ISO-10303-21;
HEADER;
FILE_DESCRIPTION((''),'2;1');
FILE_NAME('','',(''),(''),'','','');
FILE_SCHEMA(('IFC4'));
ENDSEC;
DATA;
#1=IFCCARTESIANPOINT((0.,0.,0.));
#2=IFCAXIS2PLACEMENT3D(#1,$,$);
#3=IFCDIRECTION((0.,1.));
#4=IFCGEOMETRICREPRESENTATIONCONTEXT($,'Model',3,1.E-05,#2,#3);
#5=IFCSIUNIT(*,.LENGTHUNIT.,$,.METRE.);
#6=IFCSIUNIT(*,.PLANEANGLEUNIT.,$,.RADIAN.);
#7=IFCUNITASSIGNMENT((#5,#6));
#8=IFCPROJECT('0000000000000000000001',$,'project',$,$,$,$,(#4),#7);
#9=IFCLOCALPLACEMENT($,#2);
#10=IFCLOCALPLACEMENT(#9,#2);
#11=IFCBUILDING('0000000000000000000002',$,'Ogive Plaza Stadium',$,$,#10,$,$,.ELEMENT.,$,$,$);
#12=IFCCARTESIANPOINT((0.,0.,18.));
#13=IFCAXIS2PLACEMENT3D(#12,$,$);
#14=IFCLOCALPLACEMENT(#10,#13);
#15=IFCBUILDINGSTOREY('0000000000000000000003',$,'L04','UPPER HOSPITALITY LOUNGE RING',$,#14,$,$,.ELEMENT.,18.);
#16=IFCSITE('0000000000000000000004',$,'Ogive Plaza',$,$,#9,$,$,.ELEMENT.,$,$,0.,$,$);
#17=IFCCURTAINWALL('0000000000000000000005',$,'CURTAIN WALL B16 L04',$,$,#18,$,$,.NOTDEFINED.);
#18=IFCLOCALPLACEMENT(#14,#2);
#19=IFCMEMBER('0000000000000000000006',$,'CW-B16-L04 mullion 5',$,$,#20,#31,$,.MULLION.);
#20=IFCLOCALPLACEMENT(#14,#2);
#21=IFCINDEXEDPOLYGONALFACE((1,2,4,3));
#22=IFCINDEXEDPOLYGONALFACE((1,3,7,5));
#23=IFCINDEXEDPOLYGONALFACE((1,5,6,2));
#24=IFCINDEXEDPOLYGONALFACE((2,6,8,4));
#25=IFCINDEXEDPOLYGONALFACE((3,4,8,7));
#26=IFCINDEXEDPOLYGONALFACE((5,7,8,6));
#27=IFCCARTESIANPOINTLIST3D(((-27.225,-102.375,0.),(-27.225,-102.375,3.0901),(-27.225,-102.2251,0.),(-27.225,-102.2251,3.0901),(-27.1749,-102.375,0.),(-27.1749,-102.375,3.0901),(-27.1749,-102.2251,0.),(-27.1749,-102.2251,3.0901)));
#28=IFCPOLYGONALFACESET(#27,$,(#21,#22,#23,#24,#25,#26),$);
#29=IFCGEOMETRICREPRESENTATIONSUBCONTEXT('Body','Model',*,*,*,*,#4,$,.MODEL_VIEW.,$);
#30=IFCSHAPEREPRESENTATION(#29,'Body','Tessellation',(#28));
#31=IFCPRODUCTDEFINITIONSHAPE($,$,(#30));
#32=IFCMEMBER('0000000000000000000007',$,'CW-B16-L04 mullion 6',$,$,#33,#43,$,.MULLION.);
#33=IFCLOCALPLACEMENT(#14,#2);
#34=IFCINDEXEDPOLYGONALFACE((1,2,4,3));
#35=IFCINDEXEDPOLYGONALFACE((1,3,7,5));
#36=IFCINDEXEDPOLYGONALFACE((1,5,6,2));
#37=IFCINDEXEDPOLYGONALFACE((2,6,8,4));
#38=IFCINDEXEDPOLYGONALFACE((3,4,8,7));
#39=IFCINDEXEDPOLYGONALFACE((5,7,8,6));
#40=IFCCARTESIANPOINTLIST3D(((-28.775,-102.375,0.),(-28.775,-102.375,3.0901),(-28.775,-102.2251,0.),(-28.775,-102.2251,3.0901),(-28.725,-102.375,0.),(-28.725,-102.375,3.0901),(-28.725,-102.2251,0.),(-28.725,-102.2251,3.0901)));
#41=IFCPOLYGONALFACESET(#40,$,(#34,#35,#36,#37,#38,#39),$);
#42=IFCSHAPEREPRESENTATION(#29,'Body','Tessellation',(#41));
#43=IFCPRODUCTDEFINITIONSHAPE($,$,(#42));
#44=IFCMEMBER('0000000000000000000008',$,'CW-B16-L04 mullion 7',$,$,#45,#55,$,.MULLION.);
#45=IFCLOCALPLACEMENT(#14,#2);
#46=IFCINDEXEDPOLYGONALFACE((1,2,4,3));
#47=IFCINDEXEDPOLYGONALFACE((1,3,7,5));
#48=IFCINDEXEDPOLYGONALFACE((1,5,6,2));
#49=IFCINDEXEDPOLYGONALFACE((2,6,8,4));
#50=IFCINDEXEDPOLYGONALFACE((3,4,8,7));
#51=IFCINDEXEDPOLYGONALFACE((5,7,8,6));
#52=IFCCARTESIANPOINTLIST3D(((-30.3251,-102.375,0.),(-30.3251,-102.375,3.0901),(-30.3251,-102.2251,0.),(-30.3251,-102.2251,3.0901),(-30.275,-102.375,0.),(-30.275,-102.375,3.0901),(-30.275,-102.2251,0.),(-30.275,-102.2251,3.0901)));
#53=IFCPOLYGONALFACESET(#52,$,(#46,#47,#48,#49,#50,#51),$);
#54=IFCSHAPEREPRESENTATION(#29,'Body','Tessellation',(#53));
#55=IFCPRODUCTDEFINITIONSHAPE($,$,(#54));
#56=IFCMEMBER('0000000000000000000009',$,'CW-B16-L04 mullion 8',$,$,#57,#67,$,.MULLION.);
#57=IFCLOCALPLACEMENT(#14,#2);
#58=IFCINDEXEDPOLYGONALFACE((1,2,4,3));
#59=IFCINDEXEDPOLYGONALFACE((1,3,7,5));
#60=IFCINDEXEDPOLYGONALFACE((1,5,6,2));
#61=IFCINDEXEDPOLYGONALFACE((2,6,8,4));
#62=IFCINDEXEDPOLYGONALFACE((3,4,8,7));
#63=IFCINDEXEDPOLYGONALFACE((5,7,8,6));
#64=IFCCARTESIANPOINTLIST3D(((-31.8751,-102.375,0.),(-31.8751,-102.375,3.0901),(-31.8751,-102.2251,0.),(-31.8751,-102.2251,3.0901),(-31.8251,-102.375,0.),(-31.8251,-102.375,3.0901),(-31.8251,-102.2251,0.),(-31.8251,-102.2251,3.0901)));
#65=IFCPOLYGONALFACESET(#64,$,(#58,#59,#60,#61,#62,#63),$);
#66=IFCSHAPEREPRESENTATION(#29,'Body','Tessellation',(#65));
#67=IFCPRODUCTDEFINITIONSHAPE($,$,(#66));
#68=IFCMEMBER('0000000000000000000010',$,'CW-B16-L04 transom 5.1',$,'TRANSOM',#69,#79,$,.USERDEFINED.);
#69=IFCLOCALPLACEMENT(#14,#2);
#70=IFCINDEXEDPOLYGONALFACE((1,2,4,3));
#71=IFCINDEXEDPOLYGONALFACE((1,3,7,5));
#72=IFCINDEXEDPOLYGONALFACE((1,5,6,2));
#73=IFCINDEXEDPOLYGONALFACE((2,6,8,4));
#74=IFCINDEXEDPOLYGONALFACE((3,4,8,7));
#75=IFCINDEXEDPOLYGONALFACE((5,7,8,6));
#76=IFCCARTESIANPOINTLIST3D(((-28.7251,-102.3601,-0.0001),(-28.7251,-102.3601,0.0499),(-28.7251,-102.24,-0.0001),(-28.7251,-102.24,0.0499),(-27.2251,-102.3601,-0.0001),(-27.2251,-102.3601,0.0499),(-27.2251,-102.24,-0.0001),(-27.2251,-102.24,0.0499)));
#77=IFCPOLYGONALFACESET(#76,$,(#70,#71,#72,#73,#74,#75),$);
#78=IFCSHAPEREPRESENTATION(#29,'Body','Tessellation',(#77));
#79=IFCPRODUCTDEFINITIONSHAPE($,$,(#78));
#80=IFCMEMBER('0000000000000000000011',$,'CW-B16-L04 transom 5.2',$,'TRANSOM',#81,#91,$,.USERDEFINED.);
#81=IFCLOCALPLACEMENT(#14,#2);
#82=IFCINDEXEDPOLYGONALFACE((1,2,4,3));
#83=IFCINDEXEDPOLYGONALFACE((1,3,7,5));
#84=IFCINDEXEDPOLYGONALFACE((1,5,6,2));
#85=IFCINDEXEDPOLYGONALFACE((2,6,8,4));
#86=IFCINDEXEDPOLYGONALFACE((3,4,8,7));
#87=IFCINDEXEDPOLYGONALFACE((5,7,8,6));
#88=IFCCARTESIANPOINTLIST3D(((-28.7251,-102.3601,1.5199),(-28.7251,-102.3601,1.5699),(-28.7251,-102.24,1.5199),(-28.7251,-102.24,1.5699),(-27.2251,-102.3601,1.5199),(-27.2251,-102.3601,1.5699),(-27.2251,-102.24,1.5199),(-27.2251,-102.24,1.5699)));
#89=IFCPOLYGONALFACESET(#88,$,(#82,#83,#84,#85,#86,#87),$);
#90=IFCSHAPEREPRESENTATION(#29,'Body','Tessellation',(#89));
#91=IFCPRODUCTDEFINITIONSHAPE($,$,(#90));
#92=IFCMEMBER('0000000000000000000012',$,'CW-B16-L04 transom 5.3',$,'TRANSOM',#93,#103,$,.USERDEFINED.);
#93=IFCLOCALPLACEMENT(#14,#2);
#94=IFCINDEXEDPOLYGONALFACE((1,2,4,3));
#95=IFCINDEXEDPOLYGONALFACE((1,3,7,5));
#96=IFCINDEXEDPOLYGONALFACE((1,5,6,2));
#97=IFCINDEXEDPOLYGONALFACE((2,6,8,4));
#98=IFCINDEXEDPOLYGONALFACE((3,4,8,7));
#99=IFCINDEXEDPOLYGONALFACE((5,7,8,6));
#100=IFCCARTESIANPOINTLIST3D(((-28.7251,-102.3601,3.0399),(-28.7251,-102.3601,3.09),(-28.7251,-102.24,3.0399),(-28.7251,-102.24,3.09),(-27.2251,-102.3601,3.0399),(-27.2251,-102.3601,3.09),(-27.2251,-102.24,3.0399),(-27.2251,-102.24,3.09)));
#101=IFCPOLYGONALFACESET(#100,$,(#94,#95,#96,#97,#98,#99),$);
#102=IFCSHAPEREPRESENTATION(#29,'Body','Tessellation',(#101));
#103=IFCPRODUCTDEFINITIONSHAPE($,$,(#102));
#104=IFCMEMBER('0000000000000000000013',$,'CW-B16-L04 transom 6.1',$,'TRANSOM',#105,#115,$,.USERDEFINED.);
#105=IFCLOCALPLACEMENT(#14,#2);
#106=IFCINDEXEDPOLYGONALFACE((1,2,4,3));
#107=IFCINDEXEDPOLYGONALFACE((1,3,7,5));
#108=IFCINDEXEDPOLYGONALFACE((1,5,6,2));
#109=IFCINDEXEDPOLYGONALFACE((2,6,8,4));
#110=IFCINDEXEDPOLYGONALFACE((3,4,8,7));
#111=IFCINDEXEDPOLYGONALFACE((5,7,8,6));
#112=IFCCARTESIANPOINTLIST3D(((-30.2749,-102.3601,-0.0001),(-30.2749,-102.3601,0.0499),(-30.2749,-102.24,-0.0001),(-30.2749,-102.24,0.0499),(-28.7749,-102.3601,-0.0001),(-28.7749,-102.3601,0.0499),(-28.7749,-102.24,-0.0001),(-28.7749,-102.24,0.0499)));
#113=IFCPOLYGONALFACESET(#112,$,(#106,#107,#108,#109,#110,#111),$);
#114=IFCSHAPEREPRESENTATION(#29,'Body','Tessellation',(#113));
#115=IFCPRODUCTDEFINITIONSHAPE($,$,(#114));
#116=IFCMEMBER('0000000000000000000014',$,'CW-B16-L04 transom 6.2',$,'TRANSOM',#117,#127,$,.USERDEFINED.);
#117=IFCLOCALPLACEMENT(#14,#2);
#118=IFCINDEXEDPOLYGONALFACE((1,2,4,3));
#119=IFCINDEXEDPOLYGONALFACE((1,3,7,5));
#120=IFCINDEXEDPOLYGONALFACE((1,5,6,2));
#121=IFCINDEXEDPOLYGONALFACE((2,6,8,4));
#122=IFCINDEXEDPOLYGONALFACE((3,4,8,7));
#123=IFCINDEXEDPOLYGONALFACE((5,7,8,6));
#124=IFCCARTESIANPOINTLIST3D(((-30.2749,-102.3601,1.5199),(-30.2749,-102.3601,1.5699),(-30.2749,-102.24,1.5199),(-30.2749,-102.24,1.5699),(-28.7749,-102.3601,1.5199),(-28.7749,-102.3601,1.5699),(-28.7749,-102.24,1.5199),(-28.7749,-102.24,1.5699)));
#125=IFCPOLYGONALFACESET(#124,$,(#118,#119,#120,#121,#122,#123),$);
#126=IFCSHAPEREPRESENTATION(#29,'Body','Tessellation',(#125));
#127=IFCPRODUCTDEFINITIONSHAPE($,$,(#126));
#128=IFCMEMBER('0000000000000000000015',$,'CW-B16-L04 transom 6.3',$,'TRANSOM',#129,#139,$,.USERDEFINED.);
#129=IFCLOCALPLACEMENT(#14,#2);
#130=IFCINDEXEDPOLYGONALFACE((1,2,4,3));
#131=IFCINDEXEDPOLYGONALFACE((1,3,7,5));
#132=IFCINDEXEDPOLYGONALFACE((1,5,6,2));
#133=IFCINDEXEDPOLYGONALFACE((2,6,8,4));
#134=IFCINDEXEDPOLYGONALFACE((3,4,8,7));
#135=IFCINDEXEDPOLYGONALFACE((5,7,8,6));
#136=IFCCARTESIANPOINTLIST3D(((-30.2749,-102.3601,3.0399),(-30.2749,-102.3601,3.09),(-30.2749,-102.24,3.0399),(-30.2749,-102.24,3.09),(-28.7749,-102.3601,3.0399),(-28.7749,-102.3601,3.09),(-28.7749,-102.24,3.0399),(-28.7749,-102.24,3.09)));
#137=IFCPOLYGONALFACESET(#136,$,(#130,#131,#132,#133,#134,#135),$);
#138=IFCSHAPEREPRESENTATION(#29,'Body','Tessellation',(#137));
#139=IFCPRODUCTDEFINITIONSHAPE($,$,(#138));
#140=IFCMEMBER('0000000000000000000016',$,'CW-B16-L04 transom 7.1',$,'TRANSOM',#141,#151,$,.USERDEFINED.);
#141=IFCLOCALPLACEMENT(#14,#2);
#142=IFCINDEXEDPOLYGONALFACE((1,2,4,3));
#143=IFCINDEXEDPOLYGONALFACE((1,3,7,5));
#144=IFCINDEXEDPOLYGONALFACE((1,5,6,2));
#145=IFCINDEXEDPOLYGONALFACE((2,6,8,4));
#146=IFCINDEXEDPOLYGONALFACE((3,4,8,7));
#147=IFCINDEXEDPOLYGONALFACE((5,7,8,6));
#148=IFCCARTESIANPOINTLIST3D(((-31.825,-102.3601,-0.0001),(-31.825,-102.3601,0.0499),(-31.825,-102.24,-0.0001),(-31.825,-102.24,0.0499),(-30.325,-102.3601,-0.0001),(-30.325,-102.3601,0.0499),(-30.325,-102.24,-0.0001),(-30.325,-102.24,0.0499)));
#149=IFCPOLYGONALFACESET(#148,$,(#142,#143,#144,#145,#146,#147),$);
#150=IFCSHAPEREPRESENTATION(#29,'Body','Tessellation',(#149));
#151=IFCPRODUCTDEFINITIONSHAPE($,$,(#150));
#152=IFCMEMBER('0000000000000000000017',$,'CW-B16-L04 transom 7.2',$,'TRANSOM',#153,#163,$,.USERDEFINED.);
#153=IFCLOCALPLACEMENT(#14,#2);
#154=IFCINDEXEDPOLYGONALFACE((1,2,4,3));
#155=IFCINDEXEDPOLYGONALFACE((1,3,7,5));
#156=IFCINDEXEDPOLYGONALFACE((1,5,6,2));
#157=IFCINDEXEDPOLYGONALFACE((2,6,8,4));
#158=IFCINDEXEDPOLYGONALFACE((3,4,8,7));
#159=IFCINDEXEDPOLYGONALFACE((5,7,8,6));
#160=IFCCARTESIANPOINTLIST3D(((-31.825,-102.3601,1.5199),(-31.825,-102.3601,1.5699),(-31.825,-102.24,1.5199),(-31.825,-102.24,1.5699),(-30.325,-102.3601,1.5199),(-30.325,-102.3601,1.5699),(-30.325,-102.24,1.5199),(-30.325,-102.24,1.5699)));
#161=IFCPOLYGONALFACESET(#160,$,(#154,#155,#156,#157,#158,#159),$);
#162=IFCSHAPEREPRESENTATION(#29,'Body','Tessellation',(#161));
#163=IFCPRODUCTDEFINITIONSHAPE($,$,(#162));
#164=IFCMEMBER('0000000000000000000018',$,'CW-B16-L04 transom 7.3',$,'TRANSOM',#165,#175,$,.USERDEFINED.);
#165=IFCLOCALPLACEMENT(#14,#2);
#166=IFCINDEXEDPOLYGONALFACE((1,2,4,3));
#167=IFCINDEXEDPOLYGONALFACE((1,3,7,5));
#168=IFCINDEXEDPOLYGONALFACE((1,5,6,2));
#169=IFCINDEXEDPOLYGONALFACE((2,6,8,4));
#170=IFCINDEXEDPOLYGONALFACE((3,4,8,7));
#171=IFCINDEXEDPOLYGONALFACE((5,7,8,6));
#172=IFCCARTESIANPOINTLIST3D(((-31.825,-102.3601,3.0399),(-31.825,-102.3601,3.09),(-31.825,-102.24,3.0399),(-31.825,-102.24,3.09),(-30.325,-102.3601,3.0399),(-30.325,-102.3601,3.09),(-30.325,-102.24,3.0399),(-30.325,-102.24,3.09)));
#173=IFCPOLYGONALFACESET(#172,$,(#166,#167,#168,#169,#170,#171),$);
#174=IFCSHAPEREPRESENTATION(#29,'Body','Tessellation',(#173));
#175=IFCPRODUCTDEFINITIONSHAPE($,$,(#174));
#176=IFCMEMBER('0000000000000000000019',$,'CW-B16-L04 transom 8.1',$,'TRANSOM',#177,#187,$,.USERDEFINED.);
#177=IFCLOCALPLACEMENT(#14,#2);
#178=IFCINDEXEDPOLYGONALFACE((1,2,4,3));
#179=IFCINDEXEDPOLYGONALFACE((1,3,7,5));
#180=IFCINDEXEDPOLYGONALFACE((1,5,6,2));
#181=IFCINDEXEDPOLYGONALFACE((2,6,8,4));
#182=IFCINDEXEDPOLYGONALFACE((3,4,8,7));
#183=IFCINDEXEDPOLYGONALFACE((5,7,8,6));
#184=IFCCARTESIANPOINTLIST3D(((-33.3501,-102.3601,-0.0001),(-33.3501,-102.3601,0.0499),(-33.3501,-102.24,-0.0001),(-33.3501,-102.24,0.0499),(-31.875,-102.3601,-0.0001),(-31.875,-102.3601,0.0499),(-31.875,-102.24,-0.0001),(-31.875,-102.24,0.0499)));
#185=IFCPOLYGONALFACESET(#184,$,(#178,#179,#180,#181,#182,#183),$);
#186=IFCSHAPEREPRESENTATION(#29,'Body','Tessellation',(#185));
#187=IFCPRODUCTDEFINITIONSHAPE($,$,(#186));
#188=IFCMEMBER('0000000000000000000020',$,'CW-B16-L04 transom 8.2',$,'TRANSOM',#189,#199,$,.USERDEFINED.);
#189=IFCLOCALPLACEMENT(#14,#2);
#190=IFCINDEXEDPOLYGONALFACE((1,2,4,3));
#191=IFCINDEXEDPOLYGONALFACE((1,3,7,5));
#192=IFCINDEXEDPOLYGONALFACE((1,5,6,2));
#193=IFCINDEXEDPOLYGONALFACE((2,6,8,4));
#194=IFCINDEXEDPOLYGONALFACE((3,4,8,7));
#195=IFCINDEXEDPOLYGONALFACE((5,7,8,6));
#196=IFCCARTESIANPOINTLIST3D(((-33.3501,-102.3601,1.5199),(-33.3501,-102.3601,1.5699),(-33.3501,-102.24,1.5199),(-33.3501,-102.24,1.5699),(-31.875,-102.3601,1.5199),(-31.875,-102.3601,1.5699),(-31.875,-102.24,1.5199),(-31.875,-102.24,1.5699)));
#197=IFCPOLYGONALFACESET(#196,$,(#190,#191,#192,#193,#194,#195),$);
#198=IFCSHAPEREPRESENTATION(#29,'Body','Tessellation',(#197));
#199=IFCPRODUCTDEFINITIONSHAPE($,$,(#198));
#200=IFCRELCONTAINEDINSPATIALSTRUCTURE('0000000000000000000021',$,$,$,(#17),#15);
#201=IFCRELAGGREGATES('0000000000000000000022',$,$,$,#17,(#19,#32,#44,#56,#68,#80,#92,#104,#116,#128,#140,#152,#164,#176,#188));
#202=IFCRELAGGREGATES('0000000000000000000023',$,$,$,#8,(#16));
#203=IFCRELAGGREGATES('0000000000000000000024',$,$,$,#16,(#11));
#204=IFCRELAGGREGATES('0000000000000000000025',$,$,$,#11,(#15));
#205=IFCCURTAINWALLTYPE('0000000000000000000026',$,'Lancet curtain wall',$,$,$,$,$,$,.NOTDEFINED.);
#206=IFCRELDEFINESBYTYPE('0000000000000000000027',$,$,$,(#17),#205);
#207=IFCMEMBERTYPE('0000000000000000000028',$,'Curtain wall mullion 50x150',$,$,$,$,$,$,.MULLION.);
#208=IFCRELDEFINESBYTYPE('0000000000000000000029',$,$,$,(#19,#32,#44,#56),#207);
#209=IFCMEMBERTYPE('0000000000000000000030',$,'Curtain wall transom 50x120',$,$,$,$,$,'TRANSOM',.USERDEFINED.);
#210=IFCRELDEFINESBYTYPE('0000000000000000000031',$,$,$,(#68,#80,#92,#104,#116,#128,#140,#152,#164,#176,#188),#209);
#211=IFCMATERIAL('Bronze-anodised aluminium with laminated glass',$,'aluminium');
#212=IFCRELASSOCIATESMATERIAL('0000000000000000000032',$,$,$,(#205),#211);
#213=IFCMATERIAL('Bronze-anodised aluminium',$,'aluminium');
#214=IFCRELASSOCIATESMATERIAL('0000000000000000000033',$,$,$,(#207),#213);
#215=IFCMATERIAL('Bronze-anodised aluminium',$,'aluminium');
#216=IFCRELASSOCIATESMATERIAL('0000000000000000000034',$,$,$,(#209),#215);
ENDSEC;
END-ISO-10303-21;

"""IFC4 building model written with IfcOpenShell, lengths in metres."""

from ifc_helpers import new_model, si_unit, direction, frame, origin, origin_2d, place, context, subcontext, project, spatial, rectangle, extrude, material, material_profile, profile_set, type_object, element, aggregate, save


model = new_model("IFC4")

# Units and contexts
model_context = context("Model", 3, precision=1e-05, world=origin(), true_north=direction((0.0, 1.0)))
body_context = subcontext(model_context, "Body", "Model", "MODEL_VIEW")
ifc_project = project(units=[si_unit("LENGTHUNIT", "METRE"), si_unit("PLANEANGLEUNIT", "RADIAN")], contexts=[model_context])

# Site, building, storey
site_placement = place(None, origin())
site = spatial("IfcSite", under=ifc_project, at=site_placement, Name="Ogive Plaza", CompositionType="ELEMENT", RefElevation=0.0)
building_placement = place(site_placement, origin())
building = spatial("IfcBuilding", under=site, at=building_placement, Name="Ogive Plaza Stadium", CompositionType="ELEMENT")
storey_placement = place(building_placement, frame((0.0, 0.0, 18.0)))
storey = spatial("IfcBuildingStorey", under=building, at=storey_placement, Name="L04", Description="UPPER HOSPITALITY LOUNGE RING", CompositionType="ELEMENT", Elevation=18.0)

# Curtain wall, members
ifc_material_1 = material(Name="Bronze-anodised aluminium with laminated glass", Category="aluminium")
curtain_wall_type = type_object("IfcCurtainWallType", Name="Lancet curtain wall", PredefinedType="NOTDEFINED", material=ifc_material_1)
curtain_wall_placement = place(storey_placement, origin())
curtain_wall = element("IfcCurtainWall", 1, at=curtain_wall_placement, inside=storey, type_object=curtain_wall_type, Name="CURTAIN WALL B16 L04", PredefinedType="NOTDEFINED")
ifc_material_2 = material(Name="Bronze-anodised aluminium", Category="aluminium")
ifc_material_profile_1 = material_profile(ifc_material_2, rectangle(XDim=0.1499, YDim=0.05, at=origin_2d()), Name="AL 150x50")
ifc_profile_set_1 = profile_set([ifc_material_profile_1], Name="Bronze-anodised aluminium")
member_type_1 = type_object("IfcMemberType", Name="Curtain wall mullion 50x150", PredefinedType="MULLION", material=ifc_profile_set_1)
member_1_placement = place(storey_placement, frame((-27.2, -102.3, 0.0), z_axis=(0.0, 0.0, 1.0), x_axis=(0.0, -1.0, 0.0)))
member_1 = element("IfcMember", 2, at=member_1_placement, type_object=member_type_1, Name="CW-B16-L04 mullion 5", PredefinedType="MULLION", context=body_context, shape_type="SweptSolid", body=[
    extrude(rectangle(XDim=0.1499, YDim=0.05, at=origin_2d()), origin(), (0.0, 0.0, 1.0), 3.0901),
])
member_2_placement = place(storey_placement, frame((-28.75, -102.3, 0.0), z_axis=(0.0, 0.0, 1.0), x_axis=(0.0, -1.0, 0.0)))
member_2 = element("IfcMember", 3, at=member_2_placement, type_object=member_type_1, Name="CW-B16-L04 mullion 6", PredefinedType="MULLION", context=body_context, shape_type="SweptSolid", body=[
    extrude(rectangle(XDim=0.1499, YDim=0.05, at=origin_2d()), origin(), (0.0, 0.0, 1.0), 3.0901),
])
member_3_placement = place(storey_placement, frame((-30.3, -102.3, 0.0), z_axis=(0.0, 0.0, 1.0), x_axis=(0.0, -1.0, 0.0)))
member_3 = element("IfcMember", 4, at=member_3_placement, type_object=member_type_1, Name="CW-B16-L04 mullion 7", PredefinedType="MULLION", context=body_context, shape_type="SweptSolid", body=[
    extrude(rectangle(XDim=0.1499, YDim=0.05, at=origin_2d()), origin(), (0.0, 0.0, 1.0), 3.0901),
])
member_4_placement = place(storey_placement, frame((-31.8501, -102.3, 0.0), z_axis=(0.0, 0.0, 1.0), x_axis=(0.0, -1.0, 0.0)))
member_4 = element("IfcMember", 5, at=member_4_placement, type_object=member_type_1, Name="CW-B16-L04 mullion 8", PredefinedType="MULLION", context=body_context, shape_type="SweptSolid", body=[
    extrude(rectangle(XDim=0.1499, YDim=0.05, at=origin_2d()), origin(), (0.0, 0.0, 1.0), 3.0901),
])
ifc_material_3 = material(Name="Bronze-anodised aluminium", Category="aluminium")
ifc_material_profile_2 = material_profile(ifc_material_3, rectangle(XDim=0.1201, YDim=0.05, at=origin_2d()), Name="AL 120x50")
ifc_profile_set_2 = profile_set([ifc_material_profile_2], Name="Bronze-anodised aluminium")
member_type_2 = type_object("IfcMemberType", Name="Curtain wall transom 50x120", ElementType="TRANSOM", PredefinedType="USERDEFINED", material=ifc_profile_set_2)
member_5_placement = place(storey_placement, frame((-27.2251, -102.3, 0.0249), z_axis=(-1.0, 0.0, 0.0), x_axis=(0.0, -1.0, 0.0)))
member_5 = element("IfcMember", 6, at=member_5_placement, type_object=member_type_2, Name="CW-B16-L04 transom 5.1", ObjectType="TRANSOM", PredefinedType="USERDEFINED", context=body_context, shape_type="SweptSolid", body=[
    extrude(rectangle(XDim=0.1201, YDim=0.05, at=origin_2d()), origin(), (0.0, 0.0, 1.0), 1.5),
])
member_6_placement = place(storey_placement, frame((-27.2251, -102.3, 1.5449), z_axis=(-1.0, 0.0, 0.0), x_axis=(0.0, -1.0, 0.0)))
member_6 = element("IfcMember", 7, at=member_6_placement, type_object=member_type_2, Name="CW-B16-L04 transom 5.2", ObjectType="TRANSOM", PredefinedType="USERDEFINED", context=body_context, shape_type="SweptSolid", body=[
    extrude(rectangle(XDim=0.1201, YDim=0.05, at=origin_2d()), origin(), (0.0, 0.0, 1.0), 1.5),
])
member_7_placement = place(storey_placement, frame((-27.2251, -102.3, 3.0649), z_axis=(-1.0, 0.0, 0.0), x_axis=(0.0, -1.0, 0.0)))
member_7 = element("IfcMember", 8, at=member_7_placement, type_object=member_type_2, Name="CW-B16-L04 transom 5.3", ObjectType="TRANSOM", PredefinedType="USERDEFINED", context=body_context, shape_type="SweptSolid", body=[
    extrude(rectangle(XDim=0.1201, YDim=0.05, at=origin_2d()), origin(), (0.0, 0.0, 1.0), 1.5),
])
member_8_placement = place(storey_placement, frame((-28.7749, -102.3, 0.0249), z_axis=(-1.0, 0.0, 0.0), x_axis=(0.0, -1.0, 0.0)))
member_8 = element("IfcMember", 9, at=member_8_placement, type_object=member_type_2, Name="CW-B16-L04 transom 6.1", ObjectType="TRANSOM", PredefinedType="USERDEFINED", context=body_context, shape_type="SweptSolid", body=[
    extrude(rectangle(XDim=0.1201, YDim=0.05, at=origin_2d()), origin(), (0.0, 0.0, 1.0), 1.5),
])
member_9_placement = place(storey_placement, frame((-28.7749, -102.3, 1.5449), z_axis=(-1.0, 0.0, 0.0), x_axis=(0.0, -1.0, 0.0)))
member_9 = element("IfcMember", 10, at=member_9_placement, type_object=member_type_2, Name="CW-B16-L04 transom 6.2", ObjectType="TRANSOM", PredefinedType="USERDEFINED", context=body_context, shape_type="SweptSolid", body=[
    extrude(rectangle(XDim=0.1201, YDim=0.05, at=origin_2d()), origin(), (0.0, 0.0, 1.0), 1.5),
])
member_10_placement = place(storey_placement, frame((-28.7749, -102.3, 3.0649), z_axis=(-1.0, 0.0, 0.0), x_axis=(0.0, -1.0, 0.0)))
member_10 = element("IfcMember", 11, at=member_10_placement, type_object=member_type_2, Name="CW-B16-L04 transom 6.3", ObjectType="TRANSOM", PredefinedType="USERDEFINED", context=body_context, shape_type="SweptSolid", body=[
    extrude(rectangle(XDim=0.1201, YDim=0.05, at=origin_2d()), origin(), (0.0, 0.0, 1.0), 1.5),
])
member_11_placement = place(storey_placement, frame((-30.325, -102.3, 0.0249), z_axis=(-1.0, 0.0, 0.0), x_axis=(0.0, -1.0, 0.0)))
member_11 = element("IfcMember", 12, at=member_11_placement, type_object=member_type_2, Name="CW-B16-L04 transom 7.1", ObjectType="TRANSOM", PredefinedType="USERDEFINED", context=body_context, shape_type="SweptSolid", body=[
    extrude(rectangle(XDim=0.1201, YDim=0.05, at=origin_2d()), origin(), (0.0, 0.0, 1.0), 1.5),
])
member_12_placement = place(storey_placement, frame((-30.325, -102.3, 1.5449), z_axis=(-1.0, 0.0, 0.0), x_axis=(0.0, -1.0, 0.0)))
member_12 = element("IfcMember", 13, at=member_12_placement, type_object=member_type_2, Name="CW-B16-L04 transom 7.2", ObjectType="TRANSOM", PredefinedType="USERDEFINED", context=body_context, shape_type="SweptSolid", body=[
    extrude(rectangle(XDim=0.1201, YDim=0.05, at=origin_2d()), origin(), (0.0, 0.0, 1.0), 1.5),
])
member_13_placement = place(storey_placement, frame((-30.325, -102.3, 3.0649), z_axis=(-1.0, 0.0, 0.0), x_axis=(0.0, -1.0, 0.0)))
member_13 = element("IfcMember", 14, at=member_13_placement, type_object=member_type_2, Name="CW-B16-L04 transom 7.3", ObjectType="TRANSOM", PredefinedType="USERDEFINED", context=body_context, shape_type="SweptSolid", body=[
    extrude(rectangle(XDim=0.1201, YDim=0.05, at=origin_2d()), origin(), (0.0, 0.0, 1.0), 1.5),
])
member_14_placement = place(storey_placement, frame((-31.875, -102.3, 0.0249), z_axis=(-1.0, 0.0, 0.0), x_axis=(0.0, -1.0, 0.0)))
member_14 = element("IfcMember", 15, at=member_14_placement, type_object=member_type_2, Name="CW-B16-L04 transom 8.1", ObjectType="TRANSOM", PredefinedType="USERDEFINED", context=body_context, shape_type="SweptSolid", body=[
    extrude(rectangle(XDim=0.1201, YDim=0.05, at=origin_2d()), origin(), (0.0, 0.0, 1.0), 1.4751),
])
member_15_placement = place(storey_placement, frame((-31.875, -102.3, 1.5449), z_axis=(-1.0, 0.0, 0.0), x_axis=(0.0, -1.0, 0.0)))
member_15 = element("IfcMember", 16, at=member_15_placement, type_object=member_type_2, Name="CW-B16-L04 transom 8.2", ObjectType="TRANSOM", PredefinedType="USERDEFINED", context=body_context, shape_type="SweptSolid", body=[
    extrude(rectangle(XDim=0.1201, YDim=0.05, at=origin_2d()), origin(), (0.0, 0.0, 1.0), 1.4751),
])
aggregate(curtain_wall, [member_1, member_2, member_3, member_4, member_5, member_6, member_7, member_8, member_9, member_10, member_11, member_12, member_13, member_14, member_15])

save(model, "model.ifc")
